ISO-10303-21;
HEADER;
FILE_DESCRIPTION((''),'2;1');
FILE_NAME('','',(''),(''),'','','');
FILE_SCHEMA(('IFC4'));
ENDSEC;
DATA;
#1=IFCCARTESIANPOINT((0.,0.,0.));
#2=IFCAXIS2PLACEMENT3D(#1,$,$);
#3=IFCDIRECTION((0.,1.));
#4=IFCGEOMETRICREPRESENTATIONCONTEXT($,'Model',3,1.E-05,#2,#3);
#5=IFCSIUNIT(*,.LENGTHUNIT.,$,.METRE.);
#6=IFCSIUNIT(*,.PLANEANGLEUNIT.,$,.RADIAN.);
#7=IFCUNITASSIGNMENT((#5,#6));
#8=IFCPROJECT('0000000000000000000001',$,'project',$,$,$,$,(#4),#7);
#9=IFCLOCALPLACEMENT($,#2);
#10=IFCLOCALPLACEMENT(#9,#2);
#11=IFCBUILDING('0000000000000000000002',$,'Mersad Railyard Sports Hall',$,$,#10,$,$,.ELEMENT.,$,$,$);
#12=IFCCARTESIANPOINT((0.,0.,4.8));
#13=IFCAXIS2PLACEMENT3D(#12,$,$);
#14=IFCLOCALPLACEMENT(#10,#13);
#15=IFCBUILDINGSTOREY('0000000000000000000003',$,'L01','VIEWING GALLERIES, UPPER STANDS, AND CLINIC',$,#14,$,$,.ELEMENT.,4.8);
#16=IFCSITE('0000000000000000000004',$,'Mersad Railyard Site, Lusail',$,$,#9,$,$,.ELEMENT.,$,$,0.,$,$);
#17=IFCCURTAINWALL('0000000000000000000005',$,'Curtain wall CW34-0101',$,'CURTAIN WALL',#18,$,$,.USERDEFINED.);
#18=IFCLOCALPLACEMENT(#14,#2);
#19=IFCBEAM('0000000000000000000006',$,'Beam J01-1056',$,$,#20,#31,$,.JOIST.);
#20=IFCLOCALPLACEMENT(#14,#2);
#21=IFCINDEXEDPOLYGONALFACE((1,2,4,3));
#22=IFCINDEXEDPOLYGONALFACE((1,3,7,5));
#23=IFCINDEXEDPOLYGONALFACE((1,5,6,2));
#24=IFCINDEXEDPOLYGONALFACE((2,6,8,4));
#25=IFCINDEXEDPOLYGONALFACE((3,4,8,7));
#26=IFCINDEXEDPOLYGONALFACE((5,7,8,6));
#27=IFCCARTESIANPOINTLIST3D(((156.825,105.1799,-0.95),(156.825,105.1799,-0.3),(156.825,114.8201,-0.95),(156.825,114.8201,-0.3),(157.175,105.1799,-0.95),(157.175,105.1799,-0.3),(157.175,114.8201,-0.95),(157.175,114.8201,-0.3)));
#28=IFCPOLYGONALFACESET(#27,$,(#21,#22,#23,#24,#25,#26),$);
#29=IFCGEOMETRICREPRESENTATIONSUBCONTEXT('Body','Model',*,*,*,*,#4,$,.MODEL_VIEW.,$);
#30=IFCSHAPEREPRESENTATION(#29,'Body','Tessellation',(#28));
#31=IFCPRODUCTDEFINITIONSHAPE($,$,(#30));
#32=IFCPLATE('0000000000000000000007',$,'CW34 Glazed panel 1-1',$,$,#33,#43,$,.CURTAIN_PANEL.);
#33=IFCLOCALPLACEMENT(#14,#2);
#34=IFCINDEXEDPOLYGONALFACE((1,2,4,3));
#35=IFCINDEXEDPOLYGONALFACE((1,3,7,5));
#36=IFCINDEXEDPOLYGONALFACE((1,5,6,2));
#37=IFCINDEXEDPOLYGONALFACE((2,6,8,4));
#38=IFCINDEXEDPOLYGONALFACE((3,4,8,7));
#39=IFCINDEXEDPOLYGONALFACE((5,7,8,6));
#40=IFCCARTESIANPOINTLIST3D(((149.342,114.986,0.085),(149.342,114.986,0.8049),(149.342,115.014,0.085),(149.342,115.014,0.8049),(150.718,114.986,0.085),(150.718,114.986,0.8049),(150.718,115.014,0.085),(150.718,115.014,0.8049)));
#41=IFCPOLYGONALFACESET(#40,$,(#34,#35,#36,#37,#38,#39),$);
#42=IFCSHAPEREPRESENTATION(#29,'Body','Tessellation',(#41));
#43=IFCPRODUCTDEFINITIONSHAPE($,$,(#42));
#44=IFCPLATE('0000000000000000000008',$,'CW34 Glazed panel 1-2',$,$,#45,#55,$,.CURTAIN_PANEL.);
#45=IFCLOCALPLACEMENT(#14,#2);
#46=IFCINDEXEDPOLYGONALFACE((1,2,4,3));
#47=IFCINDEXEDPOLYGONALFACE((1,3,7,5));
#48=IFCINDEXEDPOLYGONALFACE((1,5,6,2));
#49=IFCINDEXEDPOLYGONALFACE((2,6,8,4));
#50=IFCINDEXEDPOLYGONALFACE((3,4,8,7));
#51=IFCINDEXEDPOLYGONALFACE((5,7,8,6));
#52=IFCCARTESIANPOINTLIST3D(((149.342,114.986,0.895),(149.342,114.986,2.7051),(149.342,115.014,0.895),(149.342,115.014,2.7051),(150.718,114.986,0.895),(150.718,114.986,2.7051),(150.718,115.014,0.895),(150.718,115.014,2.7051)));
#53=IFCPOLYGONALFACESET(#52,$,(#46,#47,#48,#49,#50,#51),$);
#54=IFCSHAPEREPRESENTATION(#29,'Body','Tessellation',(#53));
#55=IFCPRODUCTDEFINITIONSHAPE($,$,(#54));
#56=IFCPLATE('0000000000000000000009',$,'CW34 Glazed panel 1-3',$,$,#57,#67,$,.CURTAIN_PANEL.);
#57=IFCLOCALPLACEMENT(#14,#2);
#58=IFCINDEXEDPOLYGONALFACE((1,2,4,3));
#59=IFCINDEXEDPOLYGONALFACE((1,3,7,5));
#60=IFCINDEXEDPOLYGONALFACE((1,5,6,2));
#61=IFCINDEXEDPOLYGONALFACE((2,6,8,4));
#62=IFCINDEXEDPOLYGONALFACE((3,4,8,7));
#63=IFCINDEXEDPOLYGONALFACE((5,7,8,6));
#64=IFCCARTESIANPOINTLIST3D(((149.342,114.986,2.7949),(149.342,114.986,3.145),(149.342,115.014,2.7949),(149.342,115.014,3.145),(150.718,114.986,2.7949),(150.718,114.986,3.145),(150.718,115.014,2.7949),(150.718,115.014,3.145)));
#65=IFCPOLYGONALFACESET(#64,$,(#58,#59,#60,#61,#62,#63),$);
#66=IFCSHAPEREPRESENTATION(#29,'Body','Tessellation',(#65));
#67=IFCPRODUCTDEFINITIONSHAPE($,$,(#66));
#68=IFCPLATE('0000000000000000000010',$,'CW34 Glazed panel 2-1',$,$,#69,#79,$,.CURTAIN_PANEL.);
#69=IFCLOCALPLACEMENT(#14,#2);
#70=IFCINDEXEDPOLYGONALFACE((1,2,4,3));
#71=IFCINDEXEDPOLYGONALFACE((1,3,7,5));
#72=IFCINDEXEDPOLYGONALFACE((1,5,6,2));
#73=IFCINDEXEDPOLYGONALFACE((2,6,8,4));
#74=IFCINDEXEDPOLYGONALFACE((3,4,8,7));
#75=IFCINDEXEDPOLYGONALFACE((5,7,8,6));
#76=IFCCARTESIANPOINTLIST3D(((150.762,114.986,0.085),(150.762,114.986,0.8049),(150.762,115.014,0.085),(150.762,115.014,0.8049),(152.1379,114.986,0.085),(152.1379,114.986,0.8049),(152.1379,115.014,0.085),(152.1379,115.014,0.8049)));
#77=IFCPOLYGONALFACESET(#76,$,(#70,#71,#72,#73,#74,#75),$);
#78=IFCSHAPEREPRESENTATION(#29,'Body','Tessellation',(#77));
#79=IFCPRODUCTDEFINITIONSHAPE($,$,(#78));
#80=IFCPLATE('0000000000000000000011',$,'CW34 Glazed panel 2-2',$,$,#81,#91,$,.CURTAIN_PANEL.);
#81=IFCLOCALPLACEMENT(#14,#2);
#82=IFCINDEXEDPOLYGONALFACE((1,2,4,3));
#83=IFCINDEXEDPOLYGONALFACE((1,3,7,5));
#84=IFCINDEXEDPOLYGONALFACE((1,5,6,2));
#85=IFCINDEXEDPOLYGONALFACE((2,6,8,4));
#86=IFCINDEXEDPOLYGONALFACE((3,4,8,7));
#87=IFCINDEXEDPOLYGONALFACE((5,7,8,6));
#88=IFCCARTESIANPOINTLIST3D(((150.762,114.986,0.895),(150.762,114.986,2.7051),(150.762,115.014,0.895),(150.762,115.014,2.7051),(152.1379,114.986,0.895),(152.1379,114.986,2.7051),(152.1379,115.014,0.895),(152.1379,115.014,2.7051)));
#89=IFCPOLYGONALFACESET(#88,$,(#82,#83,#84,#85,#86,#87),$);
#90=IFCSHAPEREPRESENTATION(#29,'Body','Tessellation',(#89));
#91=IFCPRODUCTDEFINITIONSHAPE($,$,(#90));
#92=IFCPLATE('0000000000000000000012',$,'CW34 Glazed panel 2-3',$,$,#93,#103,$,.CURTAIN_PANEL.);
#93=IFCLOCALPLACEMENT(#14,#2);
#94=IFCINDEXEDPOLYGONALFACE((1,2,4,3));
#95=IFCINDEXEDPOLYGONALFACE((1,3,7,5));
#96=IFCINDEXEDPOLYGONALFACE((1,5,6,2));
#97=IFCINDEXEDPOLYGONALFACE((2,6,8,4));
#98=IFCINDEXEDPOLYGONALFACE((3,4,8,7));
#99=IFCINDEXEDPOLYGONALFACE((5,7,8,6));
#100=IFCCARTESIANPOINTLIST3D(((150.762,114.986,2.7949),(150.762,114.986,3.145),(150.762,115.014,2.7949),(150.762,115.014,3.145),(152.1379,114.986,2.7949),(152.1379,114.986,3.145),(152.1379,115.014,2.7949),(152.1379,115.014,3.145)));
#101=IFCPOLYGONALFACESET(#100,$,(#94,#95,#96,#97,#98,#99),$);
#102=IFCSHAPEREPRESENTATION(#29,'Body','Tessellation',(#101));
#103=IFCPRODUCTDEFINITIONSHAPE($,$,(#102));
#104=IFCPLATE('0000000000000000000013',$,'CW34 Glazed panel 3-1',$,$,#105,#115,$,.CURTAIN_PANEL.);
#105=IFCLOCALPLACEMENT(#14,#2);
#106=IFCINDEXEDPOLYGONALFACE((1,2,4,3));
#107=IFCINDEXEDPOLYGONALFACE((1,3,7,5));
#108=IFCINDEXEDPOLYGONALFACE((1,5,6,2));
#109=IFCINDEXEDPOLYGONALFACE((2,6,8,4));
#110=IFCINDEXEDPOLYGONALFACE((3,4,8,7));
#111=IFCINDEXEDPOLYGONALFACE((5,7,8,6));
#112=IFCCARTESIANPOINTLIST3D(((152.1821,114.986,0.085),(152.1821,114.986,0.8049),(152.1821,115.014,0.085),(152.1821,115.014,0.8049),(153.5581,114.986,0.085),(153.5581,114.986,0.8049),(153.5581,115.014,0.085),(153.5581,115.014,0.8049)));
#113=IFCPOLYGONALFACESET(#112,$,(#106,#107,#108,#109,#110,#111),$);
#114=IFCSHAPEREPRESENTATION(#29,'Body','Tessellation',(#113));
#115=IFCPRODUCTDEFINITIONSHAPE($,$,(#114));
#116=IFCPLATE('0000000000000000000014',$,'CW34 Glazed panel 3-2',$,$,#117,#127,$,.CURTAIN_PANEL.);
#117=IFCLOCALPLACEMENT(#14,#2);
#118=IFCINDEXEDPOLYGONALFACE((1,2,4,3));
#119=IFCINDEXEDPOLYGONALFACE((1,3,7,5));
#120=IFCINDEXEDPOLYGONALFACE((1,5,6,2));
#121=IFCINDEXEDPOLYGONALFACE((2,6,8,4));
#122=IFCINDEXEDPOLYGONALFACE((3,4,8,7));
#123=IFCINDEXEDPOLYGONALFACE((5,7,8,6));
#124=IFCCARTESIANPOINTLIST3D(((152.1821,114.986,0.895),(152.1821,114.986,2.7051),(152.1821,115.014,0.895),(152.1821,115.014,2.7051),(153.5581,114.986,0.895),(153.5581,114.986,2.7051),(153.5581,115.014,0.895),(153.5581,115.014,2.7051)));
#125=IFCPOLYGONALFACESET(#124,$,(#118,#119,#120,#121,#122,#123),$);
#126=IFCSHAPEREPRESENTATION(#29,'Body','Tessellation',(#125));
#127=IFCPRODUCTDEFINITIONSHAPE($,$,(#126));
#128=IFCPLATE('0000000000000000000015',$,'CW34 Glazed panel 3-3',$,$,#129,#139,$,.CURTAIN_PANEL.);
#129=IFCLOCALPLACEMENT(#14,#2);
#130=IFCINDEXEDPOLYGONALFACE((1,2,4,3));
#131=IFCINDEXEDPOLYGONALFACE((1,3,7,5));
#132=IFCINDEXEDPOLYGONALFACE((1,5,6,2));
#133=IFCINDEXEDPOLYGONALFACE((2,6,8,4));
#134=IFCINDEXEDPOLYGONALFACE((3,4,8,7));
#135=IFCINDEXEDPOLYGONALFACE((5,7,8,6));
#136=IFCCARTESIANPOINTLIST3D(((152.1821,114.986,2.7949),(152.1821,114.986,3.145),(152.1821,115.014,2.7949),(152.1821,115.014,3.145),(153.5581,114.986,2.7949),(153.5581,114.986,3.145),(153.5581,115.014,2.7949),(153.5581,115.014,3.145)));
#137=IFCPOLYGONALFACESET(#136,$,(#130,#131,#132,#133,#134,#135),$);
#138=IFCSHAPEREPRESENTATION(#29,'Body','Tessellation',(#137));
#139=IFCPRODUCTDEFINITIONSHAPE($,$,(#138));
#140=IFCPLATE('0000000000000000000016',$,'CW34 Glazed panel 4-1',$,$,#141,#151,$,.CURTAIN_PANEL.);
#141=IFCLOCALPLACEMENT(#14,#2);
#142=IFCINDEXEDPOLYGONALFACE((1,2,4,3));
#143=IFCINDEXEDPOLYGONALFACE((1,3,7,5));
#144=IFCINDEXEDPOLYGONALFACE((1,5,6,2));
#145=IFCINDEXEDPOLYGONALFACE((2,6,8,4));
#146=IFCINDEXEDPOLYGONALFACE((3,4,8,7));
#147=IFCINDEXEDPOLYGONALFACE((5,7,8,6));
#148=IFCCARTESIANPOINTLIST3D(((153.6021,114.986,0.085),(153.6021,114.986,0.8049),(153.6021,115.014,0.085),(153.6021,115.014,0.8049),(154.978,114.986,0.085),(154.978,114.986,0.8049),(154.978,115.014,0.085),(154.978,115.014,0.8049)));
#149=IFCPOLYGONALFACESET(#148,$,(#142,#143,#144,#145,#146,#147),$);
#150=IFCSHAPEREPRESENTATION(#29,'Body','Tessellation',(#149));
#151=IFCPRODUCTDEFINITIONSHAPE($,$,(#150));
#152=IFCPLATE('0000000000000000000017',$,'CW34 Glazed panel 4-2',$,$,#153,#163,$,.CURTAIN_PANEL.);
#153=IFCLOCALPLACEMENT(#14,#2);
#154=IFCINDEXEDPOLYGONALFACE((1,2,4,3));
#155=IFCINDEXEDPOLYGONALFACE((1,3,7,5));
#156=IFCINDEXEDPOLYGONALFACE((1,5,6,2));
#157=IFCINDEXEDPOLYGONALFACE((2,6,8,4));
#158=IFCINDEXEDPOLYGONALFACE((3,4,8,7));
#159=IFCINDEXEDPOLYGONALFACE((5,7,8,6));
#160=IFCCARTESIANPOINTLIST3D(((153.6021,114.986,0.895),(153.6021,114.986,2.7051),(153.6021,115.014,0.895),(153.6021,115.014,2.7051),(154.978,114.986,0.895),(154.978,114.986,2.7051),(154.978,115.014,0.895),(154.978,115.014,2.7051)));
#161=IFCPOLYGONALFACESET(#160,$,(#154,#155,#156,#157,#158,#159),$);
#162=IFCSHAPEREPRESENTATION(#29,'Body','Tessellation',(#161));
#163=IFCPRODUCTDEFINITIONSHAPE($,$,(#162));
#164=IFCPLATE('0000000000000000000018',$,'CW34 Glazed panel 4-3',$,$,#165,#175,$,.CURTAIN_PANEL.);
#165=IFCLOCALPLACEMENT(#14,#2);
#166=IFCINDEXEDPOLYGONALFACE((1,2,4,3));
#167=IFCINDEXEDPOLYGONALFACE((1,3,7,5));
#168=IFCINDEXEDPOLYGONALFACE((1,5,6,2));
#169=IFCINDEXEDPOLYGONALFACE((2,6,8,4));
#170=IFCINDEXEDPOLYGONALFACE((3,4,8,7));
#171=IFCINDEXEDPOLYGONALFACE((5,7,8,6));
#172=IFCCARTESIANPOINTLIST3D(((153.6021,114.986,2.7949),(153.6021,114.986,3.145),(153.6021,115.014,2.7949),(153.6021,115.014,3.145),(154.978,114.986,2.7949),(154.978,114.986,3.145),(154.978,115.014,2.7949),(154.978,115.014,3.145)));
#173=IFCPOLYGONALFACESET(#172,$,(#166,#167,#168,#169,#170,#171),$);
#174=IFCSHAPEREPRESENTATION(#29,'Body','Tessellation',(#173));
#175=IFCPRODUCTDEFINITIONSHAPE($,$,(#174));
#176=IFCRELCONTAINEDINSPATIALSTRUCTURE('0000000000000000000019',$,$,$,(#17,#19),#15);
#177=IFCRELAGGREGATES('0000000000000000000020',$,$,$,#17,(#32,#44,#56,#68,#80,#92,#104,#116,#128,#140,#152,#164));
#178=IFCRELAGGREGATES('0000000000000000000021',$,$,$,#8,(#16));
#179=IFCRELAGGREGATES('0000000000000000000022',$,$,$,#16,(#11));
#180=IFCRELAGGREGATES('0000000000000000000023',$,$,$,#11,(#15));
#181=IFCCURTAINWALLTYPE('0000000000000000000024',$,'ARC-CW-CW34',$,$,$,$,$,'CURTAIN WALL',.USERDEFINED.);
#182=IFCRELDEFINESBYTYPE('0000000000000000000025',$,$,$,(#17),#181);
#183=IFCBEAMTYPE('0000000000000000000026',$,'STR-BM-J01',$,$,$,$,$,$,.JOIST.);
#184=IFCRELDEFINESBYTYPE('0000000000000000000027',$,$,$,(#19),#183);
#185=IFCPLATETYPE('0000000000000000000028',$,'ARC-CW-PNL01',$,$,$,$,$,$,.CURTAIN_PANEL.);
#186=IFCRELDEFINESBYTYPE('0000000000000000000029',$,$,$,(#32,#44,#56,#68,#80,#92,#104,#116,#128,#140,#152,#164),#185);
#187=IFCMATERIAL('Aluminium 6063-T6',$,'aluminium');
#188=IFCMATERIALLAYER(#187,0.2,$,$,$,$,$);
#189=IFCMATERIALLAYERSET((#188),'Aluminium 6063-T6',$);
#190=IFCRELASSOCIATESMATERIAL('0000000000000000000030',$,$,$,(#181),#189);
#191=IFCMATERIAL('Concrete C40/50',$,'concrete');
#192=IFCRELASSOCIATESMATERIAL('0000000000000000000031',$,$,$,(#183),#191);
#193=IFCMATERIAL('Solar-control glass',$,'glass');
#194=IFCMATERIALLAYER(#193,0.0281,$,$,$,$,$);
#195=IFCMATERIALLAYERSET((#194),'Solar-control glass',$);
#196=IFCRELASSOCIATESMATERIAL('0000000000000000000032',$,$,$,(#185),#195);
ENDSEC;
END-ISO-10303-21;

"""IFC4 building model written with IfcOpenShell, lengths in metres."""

from ifc_helpers import new_model, si_unit, direction, frame, origin, origin_2d, place, context, subcontext, project, spatial, rectangle, extrude, material, layer, layer_set, material_profile, profile_set, type_object, element, aggregate, save


model = new_model("IFC4")

# Units and contexts
model_context = context("Model", 3, precision=1e-05, world=origin(), true_north=direction((0.0, 1.0)))
body_context = subcontext(model_context, "Body", "Model", "MODEL_VIEW")
ifc_project = project(units=[si_unit("LENGTHUNIT", "METRE"), si_unit("PLANEANGLEUNIT", "RADIAN")], contexts=[model_context])

# Site, building, storey
site_placement = place(None, origin())
site = spatial("IfcSite", under=ifc_project, at=site_placement, Name="Mersad Railyard Site, Lusail", CompositionType="ELEMENT", RefElevation=0.0)
building_placement = place(site_placement, origin())
building = spatial("IfcBuilding", under=site, at=building_placement, Name="Mersad Railyard Sports Hall", CompositionType="ELEMENT")
storey_placement = place(building_placement, frame((0.0, 0.0, 4.8)))
storey = spatial("IfcBuildingStorey", under=building, at=storey_placement, Name="L01", Description="VIEWING GALLERIES, UPPER STANDS, AND CLINIC", CompositionType="ELEMENT", Elevation=4.8)

# Curtain wall
ifc_material_1 = material(Name="Aluminium 6063-T6", Category="aluminium")
ifc_layer_1 = layer(ifc_material_1, 0.2)
ifc_layer_set_1 = layer_set([ifc_layer_1], Name="Aluminium 6063-T6")
curtain_wall_type = type_object("IfcCurtainWallType", Name="ARC-CW-CW34", ElementType="CURTAIN WALL", PredefinedType="USERDEFINED", material=ifc_layer_set_1)
curtain_wall_placement = place(storey_placement, origin())
curtain_wall = element("IfcCurtainWall", 1, at=curtain_wall_placement, inside=storey, type_object=curtain_wall_type, Name="Curtain wall CW34-0101", ObjectType="CURTAIN WALL", PredefinedType="USERDEFINED")

# Beam
ifc_material_2 = material(Name="Concrete C40/50", Category="concrete")
ifc_material_profile_1 = material_profile(ifc_material_2, rectangle(XDim=0.3501, YDim=0.6499, at=origin_2d()), Name="RC 350x650")
ifc_profile_set_1 = profile_set([ifc_material_profile_1], Name="Concrete C40/50")
beam_type = type_object("IfcBeamType", Name="STR-BM-J01", PredefinedType="JOIST", material=ifc_profile_set_1)
for number, where, z_axis, x_axis, name in (
    (2, (157.0, 105.1799, -0.625), (0.0, 1.0, 0.0), (-1.0, 0.0, 0.0), "Beam J01-1056"),
):
    element("IfcBeam", number, at=place(storey_placement, frame(where, z_axis=z_axis, x_axis=x_axis)), inside=storey, type_object=beam_type, Name=name, PredefinedType="JOIST", context=body_context, shape_type="SweptSolid", body=[
        extrude(rectangle(XDim=0.3501, YDim=0.6499, at=origin_2d()), origin(), (0.0, 0.0, 1.0), 9.6401),
    ])

# Plates
ifc_material_3 = material(Name="Solar-control glass", Category="glass")
ifc_layer_2 = layer(ifc_material_3, 0.0281)
ifc_layer_set_2 = layer_set([ifc_layer_2], Name="Solar-control glass")
plate_type = type_object("IfcPlateType", Name="ARC-CW-PNL01", PredefinedType="CURTAIN_PANEL", material=ifc_layer_set_2)
plate_1_placement = place(storey_placement, frame((150.03, 115.0, 0.085), z_axis=(0.0, 0.0, 1.0), x_axis=(1.0, 0.0, 0.0)))
plate_1 = element("IfcPlate", 3, at=plate_1_placement, type_object=plate_type, Name="CW34 Glazed panel 1-1", PredefinedType="CURTAIN_PANEL", context=body_context, shape_type="SweptSolid", body=[
    extrude(rectangle(XDim=1.376, YDim=0.0281, at=origin_2d()), origin(), (0.0, 0.0, 1.0), 0.72),
])
plate_2_placement = place(storey_placement, frame((150.03, 115.0, 0.895), z_axis=(0.0, 0.0, 1.0), x_axis=(1.0, 0.0, 0.0)))
plate_2 = element("IfcPlate", 4, at=plate_2_placement, type_object=plate_type, Name="CW34 Glazed panel 1-2", PredefinedType="CURTAIN_PANEL", context=body_context, shape_type="SweptSolid", body=[
    extrude(rectangle(XDim=1.376, YDim=0.0281, at=origin_2d()), origin(), (0.0, 0.0, 1.0), 1.8101),
])
plate_3_placement = place(storey_placement, frame((150.03, 115.0, 2.7949), z_axis=(0.0, 0.0, 1.0), x_axis=(1.0, 0.0, 0.0)))
plate_3 = element("IfcPlate", 5, at=plate_3_placement, type_object=plate_type, Name="CW34 Glazed panel 1-3", PredefinedType="CURTAIN_PANEL", context=body_context, shape_type="SweptSolid", body=[
    extrude(rectangle(XDim=1.376, YDim=0.0281, at=origin_2d()), origin(), (0.0, 0.0, 1.0), 0.3501),
])
plate_4_placement = place(storey_placement, frame((151.45, 115.0, 0.085), z_axis=(0.0, 0.0, 1.0), x_axis=(1.0, 0.0, 0.0)))
plate_4 = element("IfcPlate", 6, at=plate_4_placement, type_object=plate_type, Name="CW34 Glazed panel 2-1", PredefinedType="CURTAIN_PANEL", context=body_context, shape_type="SweptSolid", body=[
    extrude(rectangle(XDim=1.376, YDim=0.0281, at=origin_2d()), origin(), (0.0, 0.0, 1.0), 0.72),
])
plate_5_placement = place(storey_placement, frame((151.45, 115.0, 0.895), z_axis=(0.0, 0.0, 1.0), x_axis=(1.0, 0.0, 0.0)))
plate_5 = element("IfcPlate", 7, at=plate_5_placement, type_object=plate_type, Name="CW34 Glazed panel 2-2", PredefinedType="CURTAIN_PANEL", context=body_context, shape_type="SweptSolid", body=[
    extrude(rectangle(XDim=1.376, YDim=0.0281, at=origin_2d()), origin(), (0.0, 0.0, 1.0), 1.8101),
])
plate_6_placement = place(storey_placement, frame((151.45, 115.0, 2.7949), z_axis=(0.0, 0.0, 1.0), x_axis=(1.0, 0.0, 0.0)))
plate_6 = element("IfcPlate", 8, at=plate_6_placement, type_object=plate_type, Name="CW34 Glazed panel 2-3", PredefinedType="CURTAIN_PANEL", context=body_context, shape_type="SweptSolid", body=[
    extrude(rectangle(XDim=1.376, YDim=0.0281, at=origin_2d()), origin(), (0.0, 0.0, 1.0), 0.3501),
])
plate_7_placement = place(storey_placement, frame((152.8701, 115.0, 0.085), z_axis=(0.0, 0.0, 1.0), x_axis=(1.0, 0.0, 0.0)))
plate_7 = element("IfcPlate", 9, at=plate_7_placement, type_object=plate_type, Name="CW34 Glazed panel 3-1", PredefinedType="CURTAIN_PANEL", context=body_context, shape_type="SweptSolid", body=[
    extrude(rectangle(XDim=1.376, YDim=0.0281, at=origin_2d()), origin(), (0.0, 0.0, 1.0), 0.72),
])
plate_8_placement = place(storey_placement, frame((152.8701, 115.0, 0.895), z_axis=(0.0, 0.0, 1.0), x_axis=(1.0, 0.0, 0.0)))
plate_8 = element("IfcPlate", 10, at=plate_8_placement, type_object=plate_type, Name="CW34 Glazed panel 3-2", PredefinedType="CURTAIN_PANEL", context=body_context, shape_type="SweptSolid", body=[
    extrude(rectangle(XDim=1.376, YDim=0.0281, at=origin_2d()), origin(), (0.0, 0.0, 1.0), 1.8101),
])
plate_9_placement = place(storey_placement, frame((152.8701, 115.0, 2.7949), z_axis=(0.0, 0.0, 1.0), x_axis=(1.0, 0.0, 0.0)))
plate_9 = element("IfcPlate", 11, at=plate_9_placement, type_object=plate_type, Name="CW34 Glazed panel 3-3", PredefinedType="CURTAIN_PANEL", context=body_context, shape_type="SweptSolid", body=[
    extrude(rectangle(XDim=1.376, YDim=0.0281, at=origin_2d()), origin(), (0.0, 0.0, 1.0), 0.3501),
])
plate_10_placement = place(storey_placement, frame((154.29, 115.0, 0.085), z_axis=(0.0, 0.0, 1.0), x_axis=(1.0, 0.0, 0.0)))
plate_10 = element("IfcPlate", 12, at=plate_10_placement, type_object=plate_type, Name="CW34 Glazed panel 4-1", PredefinedType="CURTAIN_PANEL", context=body_context, shape_type="SweptSolid", body=[
    extrude(rectangle(XDim=1.376, YDim=0.0281, at=origin_2d()), origin(), (0.0, 0.0, 1.0), 0.72),
])
plate_11_placement = place(storey_placement, frame((154.29, 115.0, 0.895), z_axis=(0.0, 0.0, 1.0), x_axis=(1.0, 0.0, 0.0)))
plate_11 = element("IfcPlate", 13, at=plate_11_placement, type_object=plate_type, Name="CW34 Glazed panel 4-2", PredefinedType="CURTAIN_PANEL", context=body_context, shape_type="SweptSolid", body=[
    extrude(rectangle(XDim=1.376, YDim=0.0281, at=origin_2d()), origin(), (0.0, 0.0, 1.0), 1.8101),
])
plate_12_placement = place(storey_placement, frame((154.29, 115.0, 2.7949), z_axis=(0.0, 0.0, 1.0), x_axis=(1.0, 0.0, 0.0)))
plate_12 = element("IfcPlate", 14, at=plate_12_placement, type_object=plate_type, Name="CW34 Glazed panel 4-3", PredefinedType="CURTAIN_PANEL", context=body_context, shape_type="SweptSolid", body=[
    extrude(rectangle(XDim=1.376, YDim=0.0281, at=origin_2d()), origin(), (0.0, 0.0, 1.0), 0.3501),
])
aggregate(curtain_wall, [plate_1, plate_2, plate_3, plate_4, plate_5, plate_6, plate_7, plate_8, plate_9, plate_10, plate_11, plate_12])

save(model, "model.ifc")
